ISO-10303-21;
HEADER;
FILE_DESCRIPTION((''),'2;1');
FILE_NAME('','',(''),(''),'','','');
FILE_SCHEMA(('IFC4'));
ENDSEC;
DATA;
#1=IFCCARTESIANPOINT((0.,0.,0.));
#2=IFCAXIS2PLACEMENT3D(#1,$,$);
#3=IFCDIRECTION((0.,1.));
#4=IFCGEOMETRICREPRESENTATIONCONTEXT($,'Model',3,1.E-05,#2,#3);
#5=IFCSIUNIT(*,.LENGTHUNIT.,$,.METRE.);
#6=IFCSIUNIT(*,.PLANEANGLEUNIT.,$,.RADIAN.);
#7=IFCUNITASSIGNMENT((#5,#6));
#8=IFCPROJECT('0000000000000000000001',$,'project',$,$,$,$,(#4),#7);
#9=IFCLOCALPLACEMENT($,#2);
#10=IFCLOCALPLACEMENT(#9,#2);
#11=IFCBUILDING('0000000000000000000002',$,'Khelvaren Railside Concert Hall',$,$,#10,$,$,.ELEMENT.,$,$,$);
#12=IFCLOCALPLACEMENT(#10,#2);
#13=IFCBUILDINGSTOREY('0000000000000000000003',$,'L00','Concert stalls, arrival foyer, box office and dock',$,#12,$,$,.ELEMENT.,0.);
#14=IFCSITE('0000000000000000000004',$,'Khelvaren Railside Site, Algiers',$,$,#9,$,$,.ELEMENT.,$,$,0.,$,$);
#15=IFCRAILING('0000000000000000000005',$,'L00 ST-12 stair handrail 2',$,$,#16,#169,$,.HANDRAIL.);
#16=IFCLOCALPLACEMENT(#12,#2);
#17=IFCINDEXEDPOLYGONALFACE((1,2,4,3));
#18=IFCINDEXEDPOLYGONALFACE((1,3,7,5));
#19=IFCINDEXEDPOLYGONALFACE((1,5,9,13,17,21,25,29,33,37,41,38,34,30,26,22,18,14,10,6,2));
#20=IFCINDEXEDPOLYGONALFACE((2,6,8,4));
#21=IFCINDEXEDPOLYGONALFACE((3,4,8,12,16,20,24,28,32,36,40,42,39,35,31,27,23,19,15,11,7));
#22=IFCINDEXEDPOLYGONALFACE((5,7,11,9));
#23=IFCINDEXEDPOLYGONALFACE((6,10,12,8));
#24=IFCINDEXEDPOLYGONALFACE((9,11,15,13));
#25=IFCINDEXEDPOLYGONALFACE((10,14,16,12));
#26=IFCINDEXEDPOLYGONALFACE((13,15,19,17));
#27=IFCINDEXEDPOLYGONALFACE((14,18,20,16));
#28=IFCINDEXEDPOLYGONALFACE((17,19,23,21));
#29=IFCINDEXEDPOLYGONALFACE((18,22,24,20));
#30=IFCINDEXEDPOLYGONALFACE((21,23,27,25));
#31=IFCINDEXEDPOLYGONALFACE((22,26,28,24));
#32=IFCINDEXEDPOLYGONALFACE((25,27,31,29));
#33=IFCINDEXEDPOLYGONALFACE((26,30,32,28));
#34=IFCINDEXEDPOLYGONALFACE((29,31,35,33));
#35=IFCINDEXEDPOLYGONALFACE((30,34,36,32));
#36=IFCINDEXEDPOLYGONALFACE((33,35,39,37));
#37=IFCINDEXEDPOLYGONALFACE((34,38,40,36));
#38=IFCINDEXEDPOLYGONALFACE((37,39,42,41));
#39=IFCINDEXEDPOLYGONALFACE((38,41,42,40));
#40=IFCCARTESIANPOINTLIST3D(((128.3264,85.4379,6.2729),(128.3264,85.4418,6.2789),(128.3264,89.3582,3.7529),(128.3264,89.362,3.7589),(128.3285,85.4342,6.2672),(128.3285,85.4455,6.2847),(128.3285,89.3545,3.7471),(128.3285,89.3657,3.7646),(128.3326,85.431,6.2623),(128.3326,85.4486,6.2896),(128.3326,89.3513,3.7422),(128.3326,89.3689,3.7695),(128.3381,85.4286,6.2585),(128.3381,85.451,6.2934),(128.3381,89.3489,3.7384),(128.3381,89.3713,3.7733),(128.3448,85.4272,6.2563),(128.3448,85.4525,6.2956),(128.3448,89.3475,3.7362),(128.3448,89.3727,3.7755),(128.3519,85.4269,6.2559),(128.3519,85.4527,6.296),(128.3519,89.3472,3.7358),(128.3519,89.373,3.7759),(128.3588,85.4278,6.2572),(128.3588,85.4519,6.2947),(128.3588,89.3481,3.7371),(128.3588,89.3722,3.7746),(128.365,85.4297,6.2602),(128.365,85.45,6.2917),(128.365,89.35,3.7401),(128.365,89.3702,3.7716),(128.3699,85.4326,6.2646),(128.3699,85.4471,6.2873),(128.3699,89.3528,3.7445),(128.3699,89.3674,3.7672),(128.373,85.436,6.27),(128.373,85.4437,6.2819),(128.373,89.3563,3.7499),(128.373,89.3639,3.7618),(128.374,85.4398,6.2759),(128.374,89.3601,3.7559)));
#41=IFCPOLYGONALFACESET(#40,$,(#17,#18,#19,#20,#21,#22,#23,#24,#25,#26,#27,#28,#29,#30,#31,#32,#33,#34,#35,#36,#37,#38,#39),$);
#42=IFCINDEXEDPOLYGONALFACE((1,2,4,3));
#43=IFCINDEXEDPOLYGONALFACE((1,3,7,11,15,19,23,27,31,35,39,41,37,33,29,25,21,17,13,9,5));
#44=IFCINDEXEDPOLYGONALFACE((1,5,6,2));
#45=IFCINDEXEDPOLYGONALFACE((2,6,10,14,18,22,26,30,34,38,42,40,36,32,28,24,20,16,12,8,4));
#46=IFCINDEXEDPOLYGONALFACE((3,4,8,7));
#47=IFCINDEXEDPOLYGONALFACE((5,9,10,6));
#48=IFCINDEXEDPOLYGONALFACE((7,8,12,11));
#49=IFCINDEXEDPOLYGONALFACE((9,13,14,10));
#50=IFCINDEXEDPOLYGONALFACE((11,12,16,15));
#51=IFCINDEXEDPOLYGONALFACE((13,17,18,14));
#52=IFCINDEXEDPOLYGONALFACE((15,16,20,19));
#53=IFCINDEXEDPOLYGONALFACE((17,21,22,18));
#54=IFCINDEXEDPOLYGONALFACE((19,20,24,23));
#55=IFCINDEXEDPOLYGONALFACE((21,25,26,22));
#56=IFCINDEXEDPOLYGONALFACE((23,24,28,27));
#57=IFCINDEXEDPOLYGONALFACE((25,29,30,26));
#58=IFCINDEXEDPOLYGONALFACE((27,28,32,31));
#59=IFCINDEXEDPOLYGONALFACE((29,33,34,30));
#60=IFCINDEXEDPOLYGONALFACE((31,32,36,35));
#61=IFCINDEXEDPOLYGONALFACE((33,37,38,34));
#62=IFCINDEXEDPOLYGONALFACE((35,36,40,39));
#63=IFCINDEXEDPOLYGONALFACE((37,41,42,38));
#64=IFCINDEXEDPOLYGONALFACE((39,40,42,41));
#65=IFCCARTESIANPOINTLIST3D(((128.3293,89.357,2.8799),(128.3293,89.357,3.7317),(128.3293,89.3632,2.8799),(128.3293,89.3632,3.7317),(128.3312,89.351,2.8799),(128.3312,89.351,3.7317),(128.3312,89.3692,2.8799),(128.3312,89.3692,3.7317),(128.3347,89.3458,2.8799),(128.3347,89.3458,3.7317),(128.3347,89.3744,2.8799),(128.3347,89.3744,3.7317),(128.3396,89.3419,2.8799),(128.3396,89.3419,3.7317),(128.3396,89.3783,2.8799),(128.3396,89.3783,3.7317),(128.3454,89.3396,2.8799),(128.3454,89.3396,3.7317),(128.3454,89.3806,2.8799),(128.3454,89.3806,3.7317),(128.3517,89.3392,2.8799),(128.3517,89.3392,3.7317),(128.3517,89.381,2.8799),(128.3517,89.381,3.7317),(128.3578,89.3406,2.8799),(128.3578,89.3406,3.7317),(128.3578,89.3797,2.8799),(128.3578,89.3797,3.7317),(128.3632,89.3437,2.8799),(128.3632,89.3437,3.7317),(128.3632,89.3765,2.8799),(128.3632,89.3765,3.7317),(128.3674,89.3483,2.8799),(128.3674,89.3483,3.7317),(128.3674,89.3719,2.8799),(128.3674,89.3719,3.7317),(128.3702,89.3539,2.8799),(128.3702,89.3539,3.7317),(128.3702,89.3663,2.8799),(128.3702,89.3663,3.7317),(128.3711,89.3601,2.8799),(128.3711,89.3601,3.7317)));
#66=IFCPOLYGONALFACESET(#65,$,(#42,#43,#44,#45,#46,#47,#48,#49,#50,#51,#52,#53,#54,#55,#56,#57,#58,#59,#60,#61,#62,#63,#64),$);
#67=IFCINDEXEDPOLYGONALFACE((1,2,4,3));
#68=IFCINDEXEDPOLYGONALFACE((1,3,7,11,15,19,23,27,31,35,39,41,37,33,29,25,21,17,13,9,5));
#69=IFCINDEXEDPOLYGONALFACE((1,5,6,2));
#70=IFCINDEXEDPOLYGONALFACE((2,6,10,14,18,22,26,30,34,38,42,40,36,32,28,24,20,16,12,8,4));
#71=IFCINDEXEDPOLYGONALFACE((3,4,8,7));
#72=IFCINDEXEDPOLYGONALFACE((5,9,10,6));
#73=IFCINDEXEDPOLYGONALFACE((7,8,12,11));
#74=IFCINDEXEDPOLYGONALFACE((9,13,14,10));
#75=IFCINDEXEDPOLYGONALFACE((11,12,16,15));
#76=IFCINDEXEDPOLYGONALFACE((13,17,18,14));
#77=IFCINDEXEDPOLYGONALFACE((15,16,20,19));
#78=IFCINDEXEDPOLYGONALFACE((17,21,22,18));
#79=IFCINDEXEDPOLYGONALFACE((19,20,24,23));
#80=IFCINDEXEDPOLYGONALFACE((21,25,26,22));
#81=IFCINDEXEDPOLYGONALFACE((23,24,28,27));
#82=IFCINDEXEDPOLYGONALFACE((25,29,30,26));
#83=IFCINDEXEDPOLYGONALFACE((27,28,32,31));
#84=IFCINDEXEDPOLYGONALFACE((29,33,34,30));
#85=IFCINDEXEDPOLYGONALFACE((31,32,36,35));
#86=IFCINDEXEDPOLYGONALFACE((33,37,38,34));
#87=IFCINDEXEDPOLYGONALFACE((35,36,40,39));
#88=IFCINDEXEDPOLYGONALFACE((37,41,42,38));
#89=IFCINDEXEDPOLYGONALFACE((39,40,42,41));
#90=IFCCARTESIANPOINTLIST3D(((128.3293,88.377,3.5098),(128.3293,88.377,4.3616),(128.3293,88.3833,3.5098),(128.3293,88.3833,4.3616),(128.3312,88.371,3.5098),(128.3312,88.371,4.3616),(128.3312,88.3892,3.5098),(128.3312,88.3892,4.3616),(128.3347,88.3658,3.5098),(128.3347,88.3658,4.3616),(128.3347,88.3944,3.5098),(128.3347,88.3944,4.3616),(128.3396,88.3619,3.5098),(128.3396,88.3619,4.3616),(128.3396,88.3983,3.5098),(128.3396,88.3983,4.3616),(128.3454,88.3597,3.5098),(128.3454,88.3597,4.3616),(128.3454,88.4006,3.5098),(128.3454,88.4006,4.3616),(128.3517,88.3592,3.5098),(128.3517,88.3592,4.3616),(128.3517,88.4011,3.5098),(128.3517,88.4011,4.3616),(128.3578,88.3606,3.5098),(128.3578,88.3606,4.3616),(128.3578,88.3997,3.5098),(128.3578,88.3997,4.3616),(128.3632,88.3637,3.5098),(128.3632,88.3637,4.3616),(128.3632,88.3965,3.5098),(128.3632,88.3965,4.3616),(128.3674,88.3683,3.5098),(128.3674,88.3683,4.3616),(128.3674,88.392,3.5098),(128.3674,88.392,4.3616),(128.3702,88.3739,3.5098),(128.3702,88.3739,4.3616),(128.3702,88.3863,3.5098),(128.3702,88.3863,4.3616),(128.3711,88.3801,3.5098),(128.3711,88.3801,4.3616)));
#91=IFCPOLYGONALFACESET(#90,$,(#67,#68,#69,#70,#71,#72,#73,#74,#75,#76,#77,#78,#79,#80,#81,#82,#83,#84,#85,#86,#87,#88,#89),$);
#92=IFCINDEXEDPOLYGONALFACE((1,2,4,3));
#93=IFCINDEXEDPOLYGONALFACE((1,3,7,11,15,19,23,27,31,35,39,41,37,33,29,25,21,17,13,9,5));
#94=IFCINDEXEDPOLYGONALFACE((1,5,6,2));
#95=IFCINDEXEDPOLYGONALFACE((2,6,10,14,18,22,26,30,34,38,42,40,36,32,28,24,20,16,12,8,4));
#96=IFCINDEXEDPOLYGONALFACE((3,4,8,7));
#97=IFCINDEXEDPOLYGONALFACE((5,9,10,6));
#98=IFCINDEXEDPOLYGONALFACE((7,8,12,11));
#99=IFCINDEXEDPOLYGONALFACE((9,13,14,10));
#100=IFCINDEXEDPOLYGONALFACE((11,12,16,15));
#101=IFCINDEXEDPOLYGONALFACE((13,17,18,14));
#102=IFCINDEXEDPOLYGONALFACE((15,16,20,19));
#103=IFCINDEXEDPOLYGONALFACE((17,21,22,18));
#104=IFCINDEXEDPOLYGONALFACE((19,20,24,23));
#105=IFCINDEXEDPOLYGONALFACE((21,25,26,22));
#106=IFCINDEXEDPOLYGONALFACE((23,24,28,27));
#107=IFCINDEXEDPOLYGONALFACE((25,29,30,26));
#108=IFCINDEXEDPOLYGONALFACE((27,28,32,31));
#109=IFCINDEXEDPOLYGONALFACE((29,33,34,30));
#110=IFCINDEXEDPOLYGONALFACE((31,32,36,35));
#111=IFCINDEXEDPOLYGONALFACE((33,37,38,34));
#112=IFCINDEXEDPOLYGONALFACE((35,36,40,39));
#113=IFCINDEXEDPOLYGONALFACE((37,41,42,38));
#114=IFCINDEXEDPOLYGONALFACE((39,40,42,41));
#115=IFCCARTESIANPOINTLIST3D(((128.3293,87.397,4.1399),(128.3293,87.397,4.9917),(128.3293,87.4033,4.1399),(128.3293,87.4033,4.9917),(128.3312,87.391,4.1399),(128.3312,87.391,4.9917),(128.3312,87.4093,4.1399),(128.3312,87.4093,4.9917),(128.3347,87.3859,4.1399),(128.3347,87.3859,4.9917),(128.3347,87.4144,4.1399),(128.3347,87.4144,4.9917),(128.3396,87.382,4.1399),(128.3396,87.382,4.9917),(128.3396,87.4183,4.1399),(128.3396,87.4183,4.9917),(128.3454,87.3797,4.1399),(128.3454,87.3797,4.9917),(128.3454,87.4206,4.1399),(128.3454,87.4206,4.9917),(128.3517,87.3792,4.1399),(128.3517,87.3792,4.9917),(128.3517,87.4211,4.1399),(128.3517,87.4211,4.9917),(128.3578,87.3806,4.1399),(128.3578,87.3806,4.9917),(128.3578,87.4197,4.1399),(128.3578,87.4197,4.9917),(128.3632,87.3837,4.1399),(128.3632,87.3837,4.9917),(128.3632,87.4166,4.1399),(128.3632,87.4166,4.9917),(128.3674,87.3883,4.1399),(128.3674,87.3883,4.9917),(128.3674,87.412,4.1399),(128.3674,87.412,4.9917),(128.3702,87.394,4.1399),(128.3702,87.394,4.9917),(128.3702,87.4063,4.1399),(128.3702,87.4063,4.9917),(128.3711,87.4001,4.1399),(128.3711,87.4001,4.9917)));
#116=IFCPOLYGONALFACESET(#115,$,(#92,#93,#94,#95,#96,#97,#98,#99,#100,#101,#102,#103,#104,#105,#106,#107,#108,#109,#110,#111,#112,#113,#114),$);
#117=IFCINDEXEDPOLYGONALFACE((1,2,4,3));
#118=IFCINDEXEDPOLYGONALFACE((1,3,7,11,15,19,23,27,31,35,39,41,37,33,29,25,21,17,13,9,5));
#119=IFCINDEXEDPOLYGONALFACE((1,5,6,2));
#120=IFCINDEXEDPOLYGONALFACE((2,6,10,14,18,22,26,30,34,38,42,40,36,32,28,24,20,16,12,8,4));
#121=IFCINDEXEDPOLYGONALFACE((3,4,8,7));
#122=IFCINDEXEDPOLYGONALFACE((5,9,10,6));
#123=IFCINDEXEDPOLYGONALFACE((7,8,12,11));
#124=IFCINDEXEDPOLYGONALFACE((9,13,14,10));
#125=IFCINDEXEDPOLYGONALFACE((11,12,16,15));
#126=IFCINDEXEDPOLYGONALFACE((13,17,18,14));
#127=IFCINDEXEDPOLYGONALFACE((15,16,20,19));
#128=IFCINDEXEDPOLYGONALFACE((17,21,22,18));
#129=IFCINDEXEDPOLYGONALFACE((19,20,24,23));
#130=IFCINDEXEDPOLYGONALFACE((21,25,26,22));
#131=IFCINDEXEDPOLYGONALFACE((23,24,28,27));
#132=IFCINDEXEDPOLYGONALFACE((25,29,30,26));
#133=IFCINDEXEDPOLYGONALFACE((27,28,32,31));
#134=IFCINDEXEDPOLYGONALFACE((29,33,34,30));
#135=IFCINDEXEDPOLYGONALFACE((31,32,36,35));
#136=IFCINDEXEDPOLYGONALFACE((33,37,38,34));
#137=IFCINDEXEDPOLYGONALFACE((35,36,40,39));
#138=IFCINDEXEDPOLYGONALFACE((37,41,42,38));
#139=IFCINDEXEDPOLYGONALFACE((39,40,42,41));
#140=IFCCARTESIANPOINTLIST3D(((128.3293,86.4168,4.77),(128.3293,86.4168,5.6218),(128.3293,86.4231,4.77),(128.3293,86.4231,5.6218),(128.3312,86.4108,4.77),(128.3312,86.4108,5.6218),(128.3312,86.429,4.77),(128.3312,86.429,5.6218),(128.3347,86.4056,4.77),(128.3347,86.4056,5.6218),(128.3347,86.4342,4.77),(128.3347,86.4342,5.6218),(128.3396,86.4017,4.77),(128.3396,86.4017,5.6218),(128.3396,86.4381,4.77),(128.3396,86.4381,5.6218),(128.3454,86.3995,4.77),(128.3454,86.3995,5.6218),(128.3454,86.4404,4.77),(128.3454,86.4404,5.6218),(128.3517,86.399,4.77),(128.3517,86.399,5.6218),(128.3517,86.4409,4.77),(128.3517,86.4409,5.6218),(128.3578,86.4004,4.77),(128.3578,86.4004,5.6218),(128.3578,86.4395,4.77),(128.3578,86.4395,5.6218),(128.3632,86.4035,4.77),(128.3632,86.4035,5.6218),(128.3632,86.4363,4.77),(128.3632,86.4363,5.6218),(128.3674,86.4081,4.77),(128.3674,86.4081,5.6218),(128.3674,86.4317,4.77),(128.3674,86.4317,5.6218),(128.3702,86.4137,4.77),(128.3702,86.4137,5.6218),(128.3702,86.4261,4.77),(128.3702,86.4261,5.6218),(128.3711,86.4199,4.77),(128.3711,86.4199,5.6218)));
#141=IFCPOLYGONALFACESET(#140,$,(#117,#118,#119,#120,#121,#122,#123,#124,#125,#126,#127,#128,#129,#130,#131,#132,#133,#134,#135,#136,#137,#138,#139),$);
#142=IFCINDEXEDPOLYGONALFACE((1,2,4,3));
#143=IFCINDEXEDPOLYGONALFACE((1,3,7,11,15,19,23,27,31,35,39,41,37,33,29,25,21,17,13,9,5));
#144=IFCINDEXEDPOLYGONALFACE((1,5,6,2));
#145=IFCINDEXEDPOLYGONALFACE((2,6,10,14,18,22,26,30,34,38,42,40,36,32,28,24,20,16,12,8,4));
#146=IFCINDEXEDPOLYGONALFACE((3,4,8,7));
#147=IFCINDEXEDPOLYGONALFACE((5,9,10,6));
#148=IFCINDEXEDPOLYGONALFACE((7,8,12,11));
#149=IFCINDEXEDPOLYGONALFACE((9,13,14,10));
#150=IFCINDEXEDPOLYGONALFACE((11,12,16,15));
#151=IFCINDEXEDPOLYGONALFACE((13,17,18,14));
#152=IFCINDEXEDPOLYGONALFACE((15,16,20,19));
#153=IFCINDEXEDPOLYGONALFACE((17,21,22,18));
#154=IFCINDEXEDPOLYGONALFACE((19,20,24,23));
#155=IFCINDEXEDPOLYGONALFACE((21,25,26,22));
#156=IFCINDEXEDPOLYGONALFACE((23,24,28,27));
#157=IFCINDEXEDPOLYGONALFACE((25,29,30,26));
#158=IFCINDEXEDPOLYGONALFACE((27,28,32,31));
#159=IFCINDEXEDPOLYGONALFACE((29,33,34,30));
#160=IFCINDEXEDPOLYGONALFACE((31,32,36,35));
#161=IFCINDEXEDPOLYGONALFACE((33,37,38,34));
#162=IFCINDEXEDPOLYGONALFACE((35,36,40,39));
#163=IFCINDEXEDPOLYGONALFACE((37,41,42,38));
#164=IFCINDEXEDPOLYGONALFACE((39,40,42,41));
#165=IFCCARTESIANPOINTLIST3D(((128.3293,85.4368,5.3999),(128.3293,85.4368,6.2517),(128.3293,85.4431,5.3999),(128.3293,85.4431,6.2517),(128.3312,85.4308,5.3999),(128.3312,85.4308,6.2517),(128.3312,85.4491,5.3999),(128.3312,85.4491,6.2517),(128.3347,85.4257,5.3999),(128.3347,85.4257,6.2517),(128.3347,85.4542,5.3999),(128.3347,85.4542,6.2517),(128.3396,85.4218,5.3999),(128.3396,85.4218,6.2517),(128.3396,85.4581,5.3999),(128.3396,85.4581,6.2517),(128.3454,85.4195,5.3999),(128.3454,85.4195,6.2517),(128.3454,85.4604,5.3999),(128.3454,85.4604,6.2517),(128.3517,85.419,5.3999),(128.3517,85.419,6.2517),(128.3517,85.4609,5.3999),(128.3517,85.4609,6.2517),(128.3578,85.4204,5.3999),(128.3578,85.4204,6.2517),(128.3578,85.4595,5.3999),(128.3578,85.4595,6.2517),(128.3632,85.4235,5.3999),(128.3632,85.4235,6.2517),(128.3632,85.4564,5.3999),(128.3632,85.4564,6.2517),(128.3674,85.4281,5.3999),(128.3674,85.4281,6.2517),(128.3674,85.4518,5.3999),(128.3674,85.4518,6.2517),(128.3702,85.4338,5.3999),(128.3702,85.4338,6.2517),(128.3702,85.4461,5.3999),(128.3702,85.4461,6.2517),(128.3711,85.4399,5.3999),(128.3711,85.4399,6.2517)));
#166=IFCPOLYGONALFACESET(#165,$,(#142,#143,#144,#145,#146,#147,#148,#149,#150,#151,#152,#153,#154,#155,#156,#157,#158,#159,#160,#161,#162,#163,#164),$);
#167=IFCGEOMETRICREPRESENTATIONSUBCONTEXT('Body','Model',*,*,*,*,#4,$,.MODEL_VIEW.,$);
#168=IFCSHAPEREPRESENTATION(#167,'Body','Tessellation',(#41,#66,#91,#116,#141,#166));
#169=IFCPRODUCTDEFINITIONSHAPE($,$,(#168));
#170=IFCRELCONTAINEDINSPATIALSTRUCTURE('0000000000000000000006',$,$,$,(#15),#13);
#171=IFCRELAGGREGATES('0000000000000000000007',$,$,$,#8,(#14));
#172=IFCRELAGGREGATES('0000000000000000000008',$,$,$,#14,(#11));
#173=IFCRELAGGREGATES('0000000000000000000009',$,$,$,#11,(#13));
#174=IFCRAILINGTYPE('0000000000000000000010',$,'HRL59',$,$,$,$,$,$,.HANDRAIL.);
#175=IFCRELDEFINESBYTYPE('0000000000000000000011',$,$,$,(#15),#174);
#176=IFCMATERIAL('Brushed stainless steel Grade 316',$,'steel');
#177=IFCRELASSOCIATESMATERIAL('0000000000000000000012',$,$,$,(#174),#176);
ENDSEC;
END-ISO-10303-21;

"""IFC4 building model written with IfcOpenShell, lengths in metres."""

from ifc_helpers import new_model, si_unit, direction, frame, origin, origin_2d, place, context, subcontext, project, spatial, circle, extrude, material, type_object, element, save


model = new_model("IFC4")

# Units and contexts
model_context = context("Model", 3, precision=1e-05, world=origin(), true_north=direction((0.0, 1.0)))
body_context = subcontext(model_context, "Body", "Model", "MODEL_VIEW")
ifc_project = project(units=[si_unit("LENGTHUNIT", "METRE"), si_unit("PLANEANGLEUNIT", "RADIAN")], contexts=[model_context])

# Site, building, storey
site_placement = place(None, origin())
site = spatial("IfcSite", under=ifc_project, at=site_placement, Name="Khelvaren Railside Site, Algiers", CompositionType="ELEMENT", RefElevation=0.0)
building_placement = place(site_placement, origin())
building = spatial("IfcBuilding", under=site, at=building_placement, Name="Khelvaren Railside Concert Hall", CompositionType="ELEMENT")
storey_placement = place(building_placement, origin())
storey = spatial("IfcBuildingStorey", under=building, at=storey_placement, Name="L00", Description="Concert stalls, arrival foyer, box office and dock", CompositionType="ELEMENT", Elevation=0.0)

# Railing
ifc_material_1 = material(Name="Brushed stainless steel Grade 316", Category="steel")
railing_type_1 = type_object("IfcRailingType", Name="HRL59", PredefinedType="HANDRAIL", material=ifc_material_1)
railing_1_placement = place(storey_placement, frame((128.3501, 89.3601, 2.8799)))
element("IfcRailing", 1, at=railing_1_placement, inside=storey, type_object=railing_type_1, Name="L00 ST-12 stair handrail 2", PredefinedType="HANDRAIL", context=body_context, shape_type="SweptSolid", body=[
    extrude(circle(Radius=0.0239, at=origin_2d()), frame((0.0, 0.0, 0.876), z_axis=(0.0, -0.841187, 0.540744), x_axis=(1.0, 0.0, 0.0)), (0.0, 0.0, 1.0), 4.6604),
    extrude(circle(Radius=0.021, at=origin_2d()), origin(), (0.0, 0.0, 1.0), 0.8518),
    extrude(circle(Radius=0.021, at=origin_2d()), frame((0.0, -0.98, 0.6299)), (0.0, 0.0, 1.0), 0.8518),
    extrude(circle(Radius=0.021, at=origin_2d()), frame((0.0, -1.96, 1.26)), (0.0, 0.0, 1.0), 0.8518),
    extrude(circle(Radius=0.021, at=origin_2d()), frame((0.0, -2.9402, 1.8901)), (0.0, 0.0, 1.0), 0.8518),
    extrude(circle(Radius=0.021, at=origin_2d()), frame((0.0, -3.9202, 2.52)), (0.0, 0.0, 1.0), 0.8518),
])

save(model, "model.ifc")
